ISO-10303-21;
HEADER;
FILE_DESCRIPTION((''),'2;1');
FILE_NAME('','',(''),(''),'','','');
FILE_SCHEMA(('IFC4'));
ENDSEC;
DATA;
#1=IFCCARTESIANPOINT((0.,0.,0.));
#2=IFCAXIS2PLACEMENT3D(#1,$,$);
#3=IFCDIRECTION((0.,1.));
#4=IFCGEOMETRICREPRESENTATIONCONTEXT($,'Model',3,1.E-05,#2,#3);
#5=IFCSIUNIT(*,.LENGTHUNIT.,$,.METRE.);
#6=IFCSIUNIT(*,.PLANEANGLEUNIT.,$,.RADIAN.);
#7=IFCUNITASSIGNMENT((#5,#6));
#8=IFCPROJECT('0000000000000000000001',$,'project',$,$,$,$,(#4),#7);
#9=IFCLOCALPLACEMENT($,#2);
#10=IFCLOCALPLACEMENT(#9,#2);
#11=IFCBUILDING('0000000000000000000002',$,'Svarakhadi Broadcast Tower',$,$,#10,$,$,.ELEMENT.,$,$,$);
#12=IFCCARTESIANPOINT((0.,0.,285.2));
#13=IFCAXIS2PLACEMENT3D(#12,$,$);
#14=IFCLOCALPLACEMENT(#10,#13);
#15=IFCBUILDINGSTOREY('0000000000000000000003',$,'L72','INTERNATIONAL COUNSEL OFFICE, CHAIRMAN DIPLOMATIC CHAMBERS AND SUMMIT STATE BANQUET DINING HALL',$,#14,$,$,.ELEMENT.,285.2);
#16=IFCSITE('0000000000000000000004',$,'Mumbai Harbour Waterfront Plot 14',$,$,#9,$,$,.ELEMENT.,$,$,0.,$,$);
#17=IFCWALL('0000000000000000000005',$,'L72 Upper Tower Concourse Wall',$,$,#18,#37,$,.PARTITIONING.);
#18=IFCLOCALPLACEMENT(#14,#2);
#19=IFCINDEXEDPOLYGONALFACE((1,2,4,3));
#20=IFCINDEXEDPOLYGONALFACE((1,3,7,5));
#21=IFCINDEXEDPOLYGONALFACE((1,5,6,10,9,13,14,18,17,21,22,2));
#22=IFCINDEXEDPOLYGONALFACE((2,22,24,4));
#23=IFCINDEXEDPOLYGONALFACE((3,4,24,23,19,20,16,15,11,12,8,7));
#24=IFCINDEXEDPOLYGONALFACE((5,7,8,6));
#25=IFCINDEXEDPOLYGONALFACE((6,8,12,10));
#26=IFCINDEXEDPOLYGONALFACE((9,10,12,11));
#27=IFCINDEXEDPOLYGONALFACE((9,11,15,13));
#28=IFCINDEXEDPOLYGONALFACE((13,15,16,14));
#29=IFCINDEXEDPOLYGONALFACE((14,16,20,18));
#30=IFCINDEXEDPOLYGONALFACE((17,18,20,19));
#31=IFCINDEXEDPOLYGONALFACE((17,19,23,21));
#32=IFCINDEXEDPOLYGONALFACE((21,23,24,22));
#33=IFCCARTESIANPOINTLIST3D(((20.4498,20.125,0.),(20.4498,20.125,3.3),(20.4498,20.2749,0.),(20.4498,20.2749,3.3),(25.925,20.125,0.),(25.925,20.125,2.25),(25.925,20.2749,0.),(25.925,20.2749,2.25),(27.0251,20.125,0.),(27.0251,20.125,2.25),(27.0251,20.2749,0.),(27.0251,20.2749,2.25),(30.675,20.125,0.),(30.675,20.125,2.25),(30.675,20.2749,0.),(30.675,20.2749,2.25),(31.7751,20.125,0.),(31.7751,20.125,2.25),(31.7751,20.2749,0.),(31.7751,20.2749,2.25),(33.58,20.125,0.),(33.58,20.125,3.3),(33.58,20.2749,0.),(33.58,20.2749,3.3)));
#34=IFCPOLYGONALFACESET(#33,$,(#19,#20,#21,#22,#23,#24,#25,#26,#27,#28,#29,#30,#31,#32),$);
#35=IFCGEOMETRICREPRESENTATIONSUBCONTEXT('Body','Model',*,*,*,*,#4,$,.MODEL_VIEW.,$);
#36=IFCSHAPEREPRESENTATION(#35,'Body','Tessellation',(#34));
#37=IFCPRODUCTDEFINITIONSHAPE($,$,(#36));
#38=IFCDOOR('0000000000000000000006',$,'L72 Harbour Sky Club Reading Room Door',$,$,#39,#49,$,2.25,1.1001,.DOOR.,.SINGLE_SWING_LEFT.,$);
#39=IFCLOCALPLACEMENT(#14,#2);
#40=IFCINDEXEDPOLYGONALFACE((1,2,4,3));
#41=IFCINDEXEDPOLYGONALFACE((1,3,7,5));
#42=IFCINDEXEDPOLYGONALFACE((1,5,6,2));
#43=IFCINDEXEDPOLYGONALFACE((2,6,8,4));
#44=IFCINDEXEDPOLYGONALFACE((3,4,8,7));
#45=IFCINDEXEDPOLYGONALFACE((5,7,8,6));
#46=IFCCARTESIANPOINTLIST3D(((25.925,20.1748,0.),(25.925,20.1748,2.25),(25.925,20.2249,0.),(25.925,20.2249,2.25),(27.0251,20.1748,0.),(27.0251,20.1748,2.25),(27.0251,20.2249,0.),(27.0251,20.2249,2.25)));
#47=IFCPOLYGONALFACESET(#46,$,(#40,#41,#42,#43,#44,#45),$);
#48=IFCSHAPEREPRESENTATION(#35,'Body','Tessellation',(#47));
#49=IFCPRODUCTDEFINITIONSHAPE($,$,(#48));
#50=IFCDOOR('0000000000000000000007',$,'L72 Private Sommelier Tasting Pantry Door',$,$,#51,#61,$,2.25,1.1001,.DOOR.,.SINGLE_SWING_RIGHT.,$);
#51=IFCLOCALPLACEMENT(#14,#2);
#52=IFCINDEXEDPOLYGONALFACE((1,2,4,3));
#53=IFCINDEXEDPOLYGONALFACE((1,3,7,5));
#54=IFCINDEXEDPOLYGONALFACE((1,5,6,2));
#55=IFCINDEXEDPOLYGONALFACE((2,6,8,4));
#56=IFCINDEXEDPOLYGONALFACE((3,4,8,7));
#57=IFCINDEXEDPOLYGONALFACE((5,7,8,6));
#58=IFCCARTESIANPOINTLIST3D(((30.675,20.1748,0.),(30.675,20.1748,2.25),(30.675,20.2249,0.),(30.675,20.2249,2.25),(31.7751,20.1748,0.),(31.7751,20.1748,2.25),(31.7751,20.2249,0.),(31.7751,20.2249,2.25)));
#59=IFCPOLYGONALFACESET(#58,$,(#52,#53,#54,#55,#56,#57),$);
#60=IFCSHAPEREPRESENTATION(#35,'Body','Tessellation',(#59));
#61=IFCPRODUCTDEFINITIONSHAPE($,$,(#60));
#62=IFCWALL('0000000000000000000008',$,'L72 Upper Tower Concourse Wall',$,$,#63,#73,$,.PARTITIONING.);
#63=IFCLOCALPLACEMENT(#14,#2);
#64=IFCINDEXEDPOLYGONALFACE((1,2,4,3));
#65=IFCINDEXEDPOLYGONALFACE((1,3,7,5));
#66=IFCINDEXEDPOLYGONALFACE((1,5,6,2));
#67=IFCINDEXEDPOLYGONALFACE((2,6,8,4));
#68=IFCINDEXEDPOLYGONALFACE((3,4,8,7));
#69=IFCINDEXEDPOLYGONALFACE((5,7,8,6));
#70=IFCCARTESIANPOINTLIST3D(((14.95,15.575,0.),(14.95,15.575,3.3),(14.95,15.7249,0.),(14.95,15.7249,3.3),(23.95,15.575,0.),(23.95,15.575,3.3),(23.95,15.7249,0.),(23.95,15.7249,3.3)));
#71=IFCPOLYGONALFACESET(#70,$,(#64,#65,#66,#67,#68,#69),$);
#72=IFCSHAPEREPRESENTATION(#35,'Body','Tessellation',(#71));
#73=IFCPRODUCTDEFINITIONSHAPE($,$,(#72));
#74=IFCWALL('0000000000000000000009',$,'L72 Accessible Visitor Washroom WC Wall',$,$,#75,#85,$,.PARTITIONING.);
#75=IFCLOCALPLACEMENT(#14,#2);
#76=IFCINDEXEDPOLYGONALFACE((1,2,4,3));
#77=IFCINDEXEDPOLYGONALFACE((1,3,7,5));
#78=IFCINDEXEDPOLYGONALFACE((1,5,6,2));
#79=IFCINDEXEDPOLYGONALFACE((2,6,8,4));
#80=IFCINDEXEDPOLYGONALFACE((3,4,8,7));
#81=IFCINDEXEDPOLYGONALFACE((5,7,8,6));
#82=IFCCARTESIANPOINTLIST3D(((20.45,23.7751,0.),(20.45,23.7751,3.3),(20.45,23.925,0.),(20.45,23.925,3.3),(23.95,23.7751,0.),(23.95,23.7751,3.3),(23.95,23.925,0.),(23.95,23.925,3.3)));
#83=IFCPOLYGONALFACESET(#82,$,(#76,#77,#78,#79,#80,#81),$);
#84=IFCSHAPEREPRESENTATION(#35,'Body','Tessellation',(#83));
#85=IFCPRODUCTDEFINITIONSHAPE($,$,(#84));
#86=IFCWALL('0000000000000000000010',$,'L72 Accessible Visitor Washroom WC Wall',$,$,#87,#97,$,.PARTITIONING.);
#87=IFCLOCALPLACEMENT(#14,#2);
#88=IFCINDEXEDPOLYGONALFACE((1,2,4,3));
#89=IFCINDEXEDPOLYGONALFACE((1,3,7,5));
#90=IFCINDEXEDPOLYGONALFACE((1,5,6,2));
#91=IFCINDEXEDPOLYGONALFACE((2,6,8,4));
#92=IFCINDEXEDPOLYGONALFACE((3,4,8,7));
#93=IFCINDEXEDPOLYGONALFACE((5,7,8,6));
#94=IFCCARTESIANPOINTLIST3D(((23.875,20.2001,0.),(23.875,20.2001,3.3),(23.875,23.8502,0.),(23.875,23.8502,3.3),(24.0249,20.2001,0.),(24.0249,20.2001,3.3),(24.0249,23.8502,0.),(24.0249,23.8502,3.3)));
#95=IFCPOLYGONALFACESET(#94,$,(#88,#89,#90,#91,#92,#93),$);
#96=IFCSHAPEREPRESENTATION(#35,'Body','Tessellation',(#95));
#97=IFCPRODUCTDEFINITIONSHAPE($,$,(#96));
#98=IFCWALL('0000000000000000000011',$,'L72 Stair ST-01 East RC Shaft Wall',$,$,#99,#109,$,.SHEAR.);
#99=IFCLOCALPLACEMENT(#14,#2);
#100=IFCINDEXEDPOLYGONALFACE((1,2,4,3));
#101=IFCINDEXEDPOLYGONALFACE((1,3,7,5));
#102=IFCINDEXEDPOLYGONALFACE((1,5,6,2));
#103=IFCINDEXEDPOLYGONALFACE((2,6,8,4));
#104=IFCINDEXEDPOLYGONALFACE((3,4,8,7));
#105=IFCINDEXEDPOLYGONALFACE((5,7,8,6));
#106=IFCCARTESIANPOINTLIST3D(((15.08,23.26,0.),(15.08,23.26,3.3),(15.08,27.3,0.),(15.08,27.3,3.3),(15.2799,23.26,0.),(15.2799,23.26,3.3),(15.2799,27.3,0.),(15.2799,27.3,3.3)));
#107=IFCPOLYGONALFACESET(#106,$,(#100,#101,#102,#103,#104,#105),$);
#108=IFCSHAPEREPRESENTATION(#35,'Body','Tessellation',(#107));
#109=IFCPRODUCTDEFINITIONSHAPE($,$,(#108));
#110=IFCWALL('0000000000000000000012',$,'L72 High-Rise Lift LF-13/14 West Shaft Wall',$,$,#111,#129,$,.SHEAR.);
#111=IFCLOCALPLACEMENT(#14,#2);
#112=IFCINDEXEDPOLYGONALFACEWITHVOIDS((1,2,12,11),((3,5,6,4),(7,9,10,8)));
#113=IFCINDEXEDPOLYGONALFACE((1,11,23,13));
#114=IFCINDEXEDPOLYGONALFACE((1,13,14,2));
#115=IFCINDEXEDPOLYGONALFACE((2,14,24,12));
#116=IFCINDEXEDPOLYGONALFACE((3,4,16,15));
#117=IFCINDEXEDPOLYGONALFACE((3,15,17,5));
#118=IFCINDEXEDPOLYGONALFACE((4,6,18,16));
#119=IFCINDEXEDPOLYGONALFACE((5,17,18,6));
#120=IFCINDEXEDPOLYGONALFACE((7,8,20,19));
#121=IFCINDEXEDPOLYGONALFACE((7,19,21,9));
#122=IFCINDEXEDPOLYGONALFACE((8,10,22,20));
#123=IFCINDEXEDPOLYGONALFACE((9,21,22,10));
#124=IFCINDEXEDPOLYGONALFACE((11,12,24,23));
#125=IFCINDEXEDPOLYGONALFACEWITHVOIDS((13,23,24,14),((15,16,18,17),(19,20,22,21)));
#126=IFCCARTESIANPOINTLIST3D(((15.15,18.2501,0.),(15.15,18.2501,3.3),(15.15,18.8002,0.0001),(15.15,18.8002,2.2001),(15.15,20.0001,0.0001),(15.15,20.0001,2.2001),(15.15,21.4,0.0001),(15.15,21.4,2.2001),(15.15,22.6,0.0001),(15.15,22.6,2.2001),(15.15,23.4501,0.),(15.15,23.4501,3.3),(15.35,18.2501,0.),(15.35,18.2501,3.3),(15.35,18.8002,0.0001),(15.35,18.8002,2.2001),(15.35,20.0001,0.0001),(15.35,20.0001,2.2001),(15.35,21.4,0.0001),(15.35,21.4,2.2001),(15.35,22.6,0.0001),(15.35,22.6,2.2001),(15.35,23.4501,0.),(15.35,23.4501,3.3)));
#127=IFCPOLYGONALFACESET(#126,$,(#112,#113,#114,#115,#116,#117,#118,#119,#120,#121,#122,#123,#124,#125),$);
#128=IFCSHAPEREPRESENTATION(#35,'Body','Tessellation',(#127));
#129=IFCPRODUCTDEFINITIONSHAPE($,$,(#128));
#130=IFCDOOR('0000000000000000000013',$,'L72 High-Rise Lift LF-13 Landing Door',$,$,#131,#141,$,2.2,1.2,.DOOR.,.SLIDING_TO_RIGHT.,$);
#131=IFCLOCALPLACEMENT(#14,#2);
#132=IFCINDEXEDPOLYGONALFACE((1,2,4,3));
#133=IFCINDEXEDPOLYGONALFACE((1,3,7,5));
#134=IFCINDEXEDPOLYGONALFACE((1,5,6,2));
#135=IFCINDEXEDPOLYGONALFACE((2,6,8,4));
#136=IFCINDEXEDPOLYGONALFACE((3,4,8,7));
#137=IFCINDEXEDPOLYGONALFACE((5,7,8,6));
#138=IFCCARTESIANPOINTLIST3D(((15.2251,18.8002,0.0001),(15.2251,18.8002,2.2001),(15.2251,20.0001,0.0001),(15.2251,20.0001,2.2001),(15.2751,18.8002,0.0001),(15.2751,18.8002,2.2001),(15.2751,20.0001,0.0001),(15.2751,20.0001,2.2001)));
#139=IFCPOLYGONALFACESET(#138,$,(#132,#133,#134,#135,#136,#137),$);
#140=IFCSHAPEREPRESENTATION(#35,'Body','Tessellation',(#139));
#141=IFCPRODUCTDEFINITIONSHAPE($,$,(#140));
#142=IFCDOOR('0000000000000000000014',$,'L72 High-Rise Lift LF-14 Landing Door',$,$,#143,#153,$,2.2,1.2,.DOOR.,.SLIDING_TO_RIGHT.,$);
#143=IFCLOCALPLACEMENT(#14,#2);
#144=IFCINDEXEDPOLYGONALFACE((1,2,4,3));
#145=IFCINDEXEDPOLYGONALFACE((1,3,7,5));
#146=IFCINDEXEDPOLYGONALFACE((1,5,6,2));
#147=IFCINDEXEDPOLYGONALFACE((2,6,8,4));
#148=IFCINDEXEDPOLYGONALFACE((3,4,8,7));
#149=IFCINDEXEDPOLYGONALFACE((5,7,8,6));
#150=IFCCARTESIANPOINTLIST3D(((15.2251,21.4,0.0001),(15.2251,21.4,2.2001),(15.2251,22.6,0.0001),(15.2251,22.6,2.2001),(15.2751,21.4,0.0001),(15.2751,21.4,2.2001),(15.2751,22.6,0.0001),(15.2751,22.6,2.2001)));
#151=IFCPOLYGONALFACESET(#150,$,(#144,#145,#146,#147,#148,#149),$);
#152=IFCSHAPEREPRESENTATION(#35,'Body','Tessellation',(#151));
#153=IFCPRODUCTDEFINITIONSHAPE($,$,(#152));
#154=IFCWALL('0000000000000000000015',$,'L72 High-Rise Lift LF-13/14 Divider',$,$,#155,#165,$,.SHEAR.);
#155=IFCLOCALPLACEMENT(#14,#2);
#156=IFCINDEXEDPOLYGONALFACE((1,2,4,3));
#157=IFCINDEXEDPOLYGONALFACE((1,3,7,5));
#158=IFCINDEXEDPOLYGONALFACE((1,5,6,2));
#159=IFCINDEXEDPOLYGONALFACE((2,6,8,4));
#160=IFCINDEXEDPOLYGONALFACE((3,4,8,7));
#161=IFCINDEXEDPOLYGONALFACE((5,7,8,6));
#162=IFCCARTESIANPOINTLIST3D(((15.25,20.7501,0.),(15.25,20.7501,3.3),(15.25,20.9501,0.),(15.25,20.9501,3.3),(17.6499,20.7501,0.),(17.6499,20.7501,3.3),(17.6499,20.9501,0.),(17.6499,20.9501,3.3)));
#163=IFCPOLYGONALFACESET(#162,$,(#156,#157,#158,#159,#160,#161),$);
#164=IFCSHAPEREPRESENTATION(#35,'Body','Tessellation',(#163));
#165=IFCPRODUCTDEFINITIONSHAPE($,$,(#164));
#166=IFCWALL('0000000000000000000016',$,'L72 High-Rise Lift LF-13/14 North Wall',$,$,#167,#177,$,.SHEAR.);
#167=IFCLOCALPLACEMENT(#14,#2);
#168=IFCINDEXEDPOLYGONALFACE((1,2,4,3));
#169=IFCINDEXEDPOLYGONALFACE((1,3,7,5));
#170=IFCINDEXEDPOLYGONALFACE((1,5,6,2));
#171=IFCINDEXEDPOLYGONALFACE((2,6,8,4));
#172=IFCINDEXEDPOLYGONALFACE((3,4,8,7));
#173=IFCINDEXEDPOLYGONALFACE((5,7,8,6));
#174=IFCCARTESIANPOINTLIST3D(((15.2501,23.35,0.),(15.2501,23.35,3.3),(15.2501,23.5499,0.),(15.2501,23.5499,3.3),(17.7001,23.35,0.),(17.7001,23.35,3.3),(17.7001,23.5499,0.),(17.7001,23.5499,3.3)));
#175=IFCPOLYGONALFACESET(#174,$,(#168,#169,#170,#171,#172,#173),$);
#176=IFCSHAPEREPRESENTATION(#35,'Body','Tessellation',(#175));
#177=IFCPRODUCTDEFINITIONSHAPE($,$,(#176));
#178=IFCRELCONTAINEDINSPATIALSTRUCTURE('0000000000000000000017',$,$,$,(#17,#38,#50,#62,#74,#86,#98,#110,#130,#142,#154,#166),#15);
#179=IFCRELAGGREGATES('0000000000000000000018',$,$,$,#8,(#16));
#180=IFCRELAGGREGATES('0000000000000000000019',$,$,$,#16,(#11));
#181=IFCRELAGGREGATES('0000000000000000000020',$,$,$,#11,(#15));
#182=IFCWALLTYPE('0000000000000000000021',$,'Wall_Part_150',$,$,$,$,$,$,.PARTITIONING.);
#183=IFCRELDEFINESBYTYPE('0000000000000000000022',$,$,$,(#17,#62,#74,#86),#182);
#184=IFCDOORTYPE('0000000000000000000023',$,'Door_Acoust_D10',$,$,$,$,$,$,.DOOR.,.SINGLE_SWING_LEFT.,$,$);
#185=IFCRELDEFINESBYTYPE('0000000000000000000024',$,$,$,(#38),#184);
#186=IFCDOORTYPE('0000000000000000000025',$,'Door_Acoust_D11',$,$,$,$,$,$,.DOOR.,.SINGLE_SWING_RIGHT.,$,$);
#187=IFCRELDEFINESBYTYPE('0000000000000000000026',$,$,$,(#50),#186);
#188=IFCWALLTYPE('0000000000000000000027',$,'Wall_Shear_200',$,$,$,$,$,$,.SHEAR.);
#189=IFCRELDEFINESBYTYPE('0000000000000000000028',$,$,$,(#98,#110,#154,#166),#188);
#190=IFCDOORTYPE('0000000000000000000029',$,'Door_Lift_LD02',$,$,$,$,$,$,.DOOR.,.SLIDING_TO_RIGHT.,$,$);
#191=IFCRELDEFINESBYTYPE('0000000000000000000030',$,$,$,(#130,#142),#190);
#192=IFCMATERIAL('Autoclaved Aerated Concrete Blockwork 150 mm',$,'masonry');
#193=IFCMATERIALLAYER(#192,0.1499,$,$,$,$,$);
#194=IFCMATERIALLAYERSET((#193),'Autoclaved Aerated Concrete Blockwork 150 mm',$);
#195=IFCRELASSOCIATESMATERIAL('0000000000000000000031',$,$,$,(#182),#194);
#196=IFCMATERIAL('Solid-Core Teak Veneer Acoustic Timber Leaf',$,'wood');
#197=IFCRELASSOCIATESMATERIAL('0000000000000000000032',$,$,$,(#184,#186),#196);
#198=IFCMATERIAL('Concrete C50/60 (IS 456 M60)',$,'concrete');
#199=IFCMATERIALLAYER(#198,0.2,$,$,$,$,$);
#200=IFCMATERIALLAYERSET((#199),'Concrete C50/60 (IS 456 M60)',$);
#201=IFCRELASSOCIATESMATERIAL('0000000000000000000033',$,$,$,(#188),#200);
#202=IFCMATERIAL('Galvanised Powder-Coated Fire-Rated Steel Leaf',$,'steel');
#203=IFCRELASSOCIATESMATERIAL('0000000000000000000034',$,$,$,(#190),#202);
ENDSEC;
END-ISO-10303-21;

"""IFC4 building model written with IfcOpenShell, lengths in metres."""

from ifc_helpers import new_model, si_unit, direction, frame, frame_2d, origin, place, context, subcontext, project, spatial, rectangle, extrude, material, layer, layer_set, type_object, element, fill, save


model = new_model("IFC4")

# Units and contexts
model_context = context("Model", 3, precision=1e-05, world=origin(), true_north=direction((0.0, 1.0)))
body_context = subcontext(model_context, "Body", "Model", "MODEL_VIEW")
ifc_project = project(units=[si_unit("LENGTHUNIT", "METRE"), si_unit("PLANEANGLEUNIT", "RADIAN")], contexts=[model_context])

# Site, building, storey
site_placement = place(None, origin())
site = spatial("IfcSite", under=ifc_project, at=site_placement, Name="Mumbai Harbour Waterfront Plot 14", CompositionType="ELEMENT", RefElevation=0.0)
building_placement = place(site_placement, origin())
building = spatial("IfcBuilding", under=site, at=building_placement, Name="Svarakhadi Broadcast Tower", CompositionType="ELEMENT")
storey_placement = place(building_placement, frame((0.0, 0.0, 285.2)))
storey = spatial("IfcBuildingStorey", under=building, at=storey_placement, Name="L72", Description="INTERNATIONAL COUNSEL OFFICE, CHAIRMAN DIPLOMATIC CHAMBERS AND SUMMIT STATE BANQUET DINING HALL", CompositionType="ELEMENT", Elevation=285.2)

# Shared definitions
ifc_material_1 = material(Name="Concrete C50/60 (IS 456 M60)", Category="concrete")

# Wall, openings, doors
ifc_material_2 = material(Name="Autoclaved Aerated Concrete Blockwork 150 mm", Category="masonry")
ifc_layer_1 = layer(ifc_material_2, 0.1499)
ifc_layer_set_1 = layer_set([ifc_layer_1], Name="Autoclaved Aerated Concrete Blockwork 150 mm")
wall_type_1 = type_object("IfcWallType", Name="Wall_Part_150", PredefinedType="PARTITIONING", material=ifc_layer_set_1)
wall_1_placement = place(storey_placement, frame((20.45, 20.2, 0.0), z_axis=(0.0, 0.0, 1.0), x_axis=(1.0, 0.0, 0.0)))
wall_1 = element("IfcWall", 1, at=wall_1_placement, inside=storey, type_object=wall_type_1, Name="L72 Upper Tower Concourse Wall", PredefinedType="PARTITIONING", context=body_context, shape_type="SweptSolid", body=[
    extrude(rectangle(XDim=13.1301, YDim=0.1499, at=frame_2d((6.5649, 0.0))), origin(), (0.0, 0.0, 1.0), 3.3),
])
opening_1_placement = place(wall_1_placement, frame((5.4751, 0.0, 0.0)))
opening_1 = element("IfcOpeningElement", 2, at=opening_1_placement, cuts=wall_1, PredefinedType="OPENING", context=body_context, shape_type="SweptSolid", body=[
    extrude(rectangle(XDim=1.1001, YDim=2.25, at=frame_2d((0.55, 1.125))), frame((0.0, 0.085, 0.0), z_axis=(0.0, -1.0, 0.0), x_axis=(1.0, 0.0, 0.0)), (0.0, 0.0, 1.0), 0.1699),
])
opening_2_placement = place(wall_1_placement, frame((10.2251, 0.0, 0.0)))
opening_2 = element("IfcOpeningElement", 3, at=opening_2_placement, cuts=wall_1, PredefinedType="OPENING", context=body_context, shape_type="SweptSolid", body=[
    extrude(rectangle(XDim=1.1001, YDim=2.25, at=frame_2d((0.55, 1.125))), frame((0.0, 0.085, 0.0), z_axis=(0.0, -1.0, 0.0), x_axis=(1.0, 0.0, 0.0)), (0.0, 0.0, 1.0), 0.1699),
])
ifc_material_3 = material(Name="Solid-Core Teak Veneer Acoustic Timber Leaf", Category="wood")
door_type_1 = type_object("IfcDoorType", Name="Door_Acoust_D10", OperationType="SINGLE_SWING_LEFT", PredefinedType="DOOR", material=ifc_material_3)
door_1_placement = place(opening_1_placement, origin())
door_1 = element("IfcDoor", 4, at=door_1_placement, inside=storey, type_object=door_type_1, Name="L72 Harbour Sky Club Reading Room Door", OperationType="SINGLE_SWING_LEFT", OverallHeight=2.25, OverallWidth=1.1001, PredefinedType="DOOR", context=body_context, shape_type="SweptSolid", body=[
    extrude(rectangle(XDim=1.1001, YDim=2.25, at=frame_2d((0.55, 1.125))), frame((0.0, 0.0249, 0.0), z_axis=(0.0, -1.0, 0.0), x_axis=(1.0, 0.0, 0.0)), (0.0, 0.0, 1.0), 0.05),
])
fill(opening_1, door_1)
door_type_2 = type_object("IfcDoorType", Name="Door_Acoust_D11", OperationType="SINGLE_SWING_RIGHT", PredefinedType="DOOR", material=ifc_material_3)
door_2_placement = place(opening_2_placement, origin())
door_2 = element("IfcDoor", 5, at=door_2_placement, inside=storey, type_object=door_type_2, Name="L72 Private Sommelier Tasting Pantry Door", OperationType="SINGLE_SWING_RIGHT", OverallHeight=2.25, OverallWidth=1.1001, PredefinedType="DOOR", context=body_context, shape_type="SweptSolid", body=[
    extrude(rectangle(XDim=1.1001, YDim=2.25, at=frame_2d((0.55, 1.125))), frame((0.0, 0.0249, 0.0), z_axis=(0.0, -1.0, 0.0), x_axis=(1.0, 0.0, 0.0)), (0.0, 0.0, 1.0), 0.05),
])
fill(opening_2, door_2)

# Walls
wall_2_placement = place(storey_placement, frame((23.95, 15.6499, 0.0), z_axis=(0.0, 0.0, 1.0), x_axis=(-1.0, 0.0, 0.0)))
element("IfcWall", 6, at=wall_2_placement, inside=storey, type_object=wall_type_1, Name="L72 Upper Tower Concourse Wall", PredefinedType="PARTITIONING", context=body_context, shape_type="SweptSolid", body=[
    extrude(rectangle(XDim=9.0, YDim=0.1499, at=frame_2d((4.5, 0.0))), origin(), (0.0, 0.0, 1.0), 3.3),
])
wall_3_placement = place(storey_placement, frame((20.45, 23.8501, 0.0), z_axis=(0.0, 0.0, 1.0), x_axis=(1.0, 0.0, 0.0)))
element("IfcWall", 7, at=wall_3_placement, inside=storey, type_object=wall_type_1, Name="L72 Accessible Visitor Washroom WC Wall", PredefinedType="PARTITIONING", context=body_context, shape_type="SweptSolid", body=[
    extrude(rectangle(XDim=3.5, YDim=0.1499, at=frame_2d((1.75, 0.0))), origin(), (0.0, 0.0, 1.0), 3.3),
])
wall_4_placement = place(storey_placement, frame((23.95, 20.2, 0.0), z_axis=(0.0, 0.0, 1.0), x_axis=(0.0, 1.0, 0.0)))
element("IfcWall", 8, at=wall_4_placement, inside=storey, type_object=wall_type_1, Name="L72 Accessible Visitor Washroom WC Wall", PredefinedType="PARTITIONING", context=body_context, shape_type="SweptSolid", body=[
    extrude(rectangle(XDim=3.6501, YDim=0.1499, at=frame_2d((1.8252, 0.0))), origin(), (0.0, 0.0, 1.0), 3.3),
])
ifc_layer_2 = layer(ifc_material_1, 0.2)
ifc_layer_set_2 = layer_set([ifc_layer_2], Name="Concrete C50/60 (IS 456 M60)")
wall_type_2 = type_object("IfcWallType", Name="Wall_Shear_200", PredefinedType="SHEAR", material=ifc_layer_set_2)
wall_5_placement = place(storey_placement, frame((15.1799, 23.26, 0.0), z_axis=(0.0, 0.0, 1.0), x_axis=(0.0, 1.0, 0.0)))
element("IfcWall", 9, at=wall_5_placement, inside=storey, type_object=wall_type_2, Name="L72 Stair ST-01 East RC Shaft Wall", PredefinedType="SHEAR", context=body_context, shape_type="SweptSolid", body=[
    extrude(rectangle(XDim=4.04, YDim=0.2, at=frame_2d((2.02, 0.0))), origin(), (0.0, 0.0, 1.0), 3.3),
])

# Wall, openings, doors
wall_6_placement = place(storey_placement, frame((15.25, 18.25, 0.0), z_axis=(0.0, 0.0, 1.0), x_axis=(0.0, 1.0, 0.0)))
wall_6 = element("IfcWall", 10, at=wall_6_placement, inside=storey, type_object=wall_type_2, Name="L72 High-Rise Lift LF-13/14 West Shaft Wall", PredefinedType="SHEAR", context=body_context, shape_type="SweptSolid", body=[
    extrude(rectangle(XDim=5.2, YDim=0.2, at=frame_2d((2.6001, 0.0))), origin(), (0.0, 0.0, 1.0), 3.3),
])
opening_3_placement = place(wall_6_placement, frame((0.55, 0.0, 0.0)))
opening_3 = element("IfcOpeningElement", 11, at=opening_3_placement, cuts=wall_6, PredefinedType="OPENING", context=body_context, shape_type="SweptSolid", body=[
    extrude(rectangle(XDim=1.2, YDim=2.2, at=frame_2d((0.6001, 1.1001))), frame((0.0, 0.1099, 0.0), z_axis=(0.0, -1.0, 0.0), x_axis=(1.0, 0.0, 0.0)), (0.0, 0.0, 1.0), 0.22),
])
opening_4_placement = place(wall_6_placement, frame((3.1499, 0.0, 0.0)))
opening_4 = element("IfcOpeningElement", 12, at=opening_4_placement, cuts=wall_6, PredefinedType="OPENING", context=body_context, shape_type="SweptSolid", body=[
    extrude(rectangle(XDim=1.2, YDim=2.2, at=frame_2d((0.6001, 1.1001))), frame((0.0, 0.1099, 0.0), z_axis=(0.0, -1.0, 0.0), x_axis=(1.0, 0.0, 0.0)), (0.0, 0.0, 1.0), 0.22),
])
ifc_material_4 = material(Name="Galvanised Powder-Coated Fire-Rated Steel Leaf", Category="steel")
door_type_3 = type_object("IfcDoorType", Name="Door_Lift_LD02", OperationType="SLIDING_TO_RIGHT", PredefinedType="DOOR", material=ifc_material_4)
door_3_placement = place(opening_3_placement, origin())
door_3 = element("IfcDoor", 13, at=door_3_placement, inside=storey, type_object=door_type_3, Name="L72 High-Rise Lift LF-13 Landing Door", OperationType="SLIDING_TO_RIGHT", OverallHeight=2.2, OverallWidth=1.2, PredefinedType="DOOR", context=body_context, shape_type="SweptSolid", body=[
    extrude(rectangle(XDim=1.2, YDim=2.2, at=frame_2d((0.6001, 1.1001))), frame((0.0, 0.0249, 0.0), z_axis=(0.0, -1.0, 0.0), x_axis=(1.0, 0.0, 0.0)), (0.0, 0.0, 1.0), 0.05),
])
fill(opening_3, door_3)
door_4_placement = place(opening_4_placement, origin())
door_4 = element("IfcDoor", 14, at=door_4_placement, inside=storey, type_object=door_type_3, Name="L72 High-Rise Lift LF-14 Landing Door", OperationType="SLIDING_TO_RIGHT", OverallHeight=2.2, OverallWidth=1.2, PredefinedType="DOOR", context=body_context, shape_type="SweptSolid", body=[
    extrude(rectangle(XDim=1.2, YDim=2.2, at=frame_2d((0.6001, 1.1001))), frame((0.0, 0.0249, 0.0), z_axis=(0.0, -1.0, 0.0), x_axis=(1.0, 0.0, 0.0)), (0.0, 0.0, 1.0), 0.05),
])
fill(opening_4, door_4)

# Walls
wall_7_placement = place(storey_placement, frame((15.25, 20.8501, 0.0), z_axis=(0.0, 0.0, 1.0), x_axis=(1.0, 0.0, 0.0)))
element("IfcWall", 15, at=wall_7_placement, inside=storey, type_object=wall_type_2, Name="L72 High-Rise Lift LF-13/14 Divider", PredefinedType="SHEAR", context=body_context, shape_type="SweptSolid", body=[
    extrude(rectangle(XDim=2.3999, YDim=0.2, at=frame_2d((1.2, 0.0))), origin(), (0.0, 0.0, 1.0), 3.3),
])
wall_8_placement = place(storey_placement, frame((15.25, 23.45, 0.0), z_axis=(0.0, 0.0, 1.0), x_axis=(1.0, 0.0, 0.0)))
element("IfcWall", 16, at=wall_8_placement, inside=storey, type_object=wall_type_2, Name="L72 High-Rise Lift LF-13/14 North Wall", PredefinedType="SHEAR", context=body_context, shape_type="SweptSolid", body=[
    extrude(rectangle(XDim=2.45, YDim=0.2, at=frame_2d((1.2251, 0.0))), origin(), (0.0, 0.0, 1.0), 3.3),
])

save(model, "model.ifc")
